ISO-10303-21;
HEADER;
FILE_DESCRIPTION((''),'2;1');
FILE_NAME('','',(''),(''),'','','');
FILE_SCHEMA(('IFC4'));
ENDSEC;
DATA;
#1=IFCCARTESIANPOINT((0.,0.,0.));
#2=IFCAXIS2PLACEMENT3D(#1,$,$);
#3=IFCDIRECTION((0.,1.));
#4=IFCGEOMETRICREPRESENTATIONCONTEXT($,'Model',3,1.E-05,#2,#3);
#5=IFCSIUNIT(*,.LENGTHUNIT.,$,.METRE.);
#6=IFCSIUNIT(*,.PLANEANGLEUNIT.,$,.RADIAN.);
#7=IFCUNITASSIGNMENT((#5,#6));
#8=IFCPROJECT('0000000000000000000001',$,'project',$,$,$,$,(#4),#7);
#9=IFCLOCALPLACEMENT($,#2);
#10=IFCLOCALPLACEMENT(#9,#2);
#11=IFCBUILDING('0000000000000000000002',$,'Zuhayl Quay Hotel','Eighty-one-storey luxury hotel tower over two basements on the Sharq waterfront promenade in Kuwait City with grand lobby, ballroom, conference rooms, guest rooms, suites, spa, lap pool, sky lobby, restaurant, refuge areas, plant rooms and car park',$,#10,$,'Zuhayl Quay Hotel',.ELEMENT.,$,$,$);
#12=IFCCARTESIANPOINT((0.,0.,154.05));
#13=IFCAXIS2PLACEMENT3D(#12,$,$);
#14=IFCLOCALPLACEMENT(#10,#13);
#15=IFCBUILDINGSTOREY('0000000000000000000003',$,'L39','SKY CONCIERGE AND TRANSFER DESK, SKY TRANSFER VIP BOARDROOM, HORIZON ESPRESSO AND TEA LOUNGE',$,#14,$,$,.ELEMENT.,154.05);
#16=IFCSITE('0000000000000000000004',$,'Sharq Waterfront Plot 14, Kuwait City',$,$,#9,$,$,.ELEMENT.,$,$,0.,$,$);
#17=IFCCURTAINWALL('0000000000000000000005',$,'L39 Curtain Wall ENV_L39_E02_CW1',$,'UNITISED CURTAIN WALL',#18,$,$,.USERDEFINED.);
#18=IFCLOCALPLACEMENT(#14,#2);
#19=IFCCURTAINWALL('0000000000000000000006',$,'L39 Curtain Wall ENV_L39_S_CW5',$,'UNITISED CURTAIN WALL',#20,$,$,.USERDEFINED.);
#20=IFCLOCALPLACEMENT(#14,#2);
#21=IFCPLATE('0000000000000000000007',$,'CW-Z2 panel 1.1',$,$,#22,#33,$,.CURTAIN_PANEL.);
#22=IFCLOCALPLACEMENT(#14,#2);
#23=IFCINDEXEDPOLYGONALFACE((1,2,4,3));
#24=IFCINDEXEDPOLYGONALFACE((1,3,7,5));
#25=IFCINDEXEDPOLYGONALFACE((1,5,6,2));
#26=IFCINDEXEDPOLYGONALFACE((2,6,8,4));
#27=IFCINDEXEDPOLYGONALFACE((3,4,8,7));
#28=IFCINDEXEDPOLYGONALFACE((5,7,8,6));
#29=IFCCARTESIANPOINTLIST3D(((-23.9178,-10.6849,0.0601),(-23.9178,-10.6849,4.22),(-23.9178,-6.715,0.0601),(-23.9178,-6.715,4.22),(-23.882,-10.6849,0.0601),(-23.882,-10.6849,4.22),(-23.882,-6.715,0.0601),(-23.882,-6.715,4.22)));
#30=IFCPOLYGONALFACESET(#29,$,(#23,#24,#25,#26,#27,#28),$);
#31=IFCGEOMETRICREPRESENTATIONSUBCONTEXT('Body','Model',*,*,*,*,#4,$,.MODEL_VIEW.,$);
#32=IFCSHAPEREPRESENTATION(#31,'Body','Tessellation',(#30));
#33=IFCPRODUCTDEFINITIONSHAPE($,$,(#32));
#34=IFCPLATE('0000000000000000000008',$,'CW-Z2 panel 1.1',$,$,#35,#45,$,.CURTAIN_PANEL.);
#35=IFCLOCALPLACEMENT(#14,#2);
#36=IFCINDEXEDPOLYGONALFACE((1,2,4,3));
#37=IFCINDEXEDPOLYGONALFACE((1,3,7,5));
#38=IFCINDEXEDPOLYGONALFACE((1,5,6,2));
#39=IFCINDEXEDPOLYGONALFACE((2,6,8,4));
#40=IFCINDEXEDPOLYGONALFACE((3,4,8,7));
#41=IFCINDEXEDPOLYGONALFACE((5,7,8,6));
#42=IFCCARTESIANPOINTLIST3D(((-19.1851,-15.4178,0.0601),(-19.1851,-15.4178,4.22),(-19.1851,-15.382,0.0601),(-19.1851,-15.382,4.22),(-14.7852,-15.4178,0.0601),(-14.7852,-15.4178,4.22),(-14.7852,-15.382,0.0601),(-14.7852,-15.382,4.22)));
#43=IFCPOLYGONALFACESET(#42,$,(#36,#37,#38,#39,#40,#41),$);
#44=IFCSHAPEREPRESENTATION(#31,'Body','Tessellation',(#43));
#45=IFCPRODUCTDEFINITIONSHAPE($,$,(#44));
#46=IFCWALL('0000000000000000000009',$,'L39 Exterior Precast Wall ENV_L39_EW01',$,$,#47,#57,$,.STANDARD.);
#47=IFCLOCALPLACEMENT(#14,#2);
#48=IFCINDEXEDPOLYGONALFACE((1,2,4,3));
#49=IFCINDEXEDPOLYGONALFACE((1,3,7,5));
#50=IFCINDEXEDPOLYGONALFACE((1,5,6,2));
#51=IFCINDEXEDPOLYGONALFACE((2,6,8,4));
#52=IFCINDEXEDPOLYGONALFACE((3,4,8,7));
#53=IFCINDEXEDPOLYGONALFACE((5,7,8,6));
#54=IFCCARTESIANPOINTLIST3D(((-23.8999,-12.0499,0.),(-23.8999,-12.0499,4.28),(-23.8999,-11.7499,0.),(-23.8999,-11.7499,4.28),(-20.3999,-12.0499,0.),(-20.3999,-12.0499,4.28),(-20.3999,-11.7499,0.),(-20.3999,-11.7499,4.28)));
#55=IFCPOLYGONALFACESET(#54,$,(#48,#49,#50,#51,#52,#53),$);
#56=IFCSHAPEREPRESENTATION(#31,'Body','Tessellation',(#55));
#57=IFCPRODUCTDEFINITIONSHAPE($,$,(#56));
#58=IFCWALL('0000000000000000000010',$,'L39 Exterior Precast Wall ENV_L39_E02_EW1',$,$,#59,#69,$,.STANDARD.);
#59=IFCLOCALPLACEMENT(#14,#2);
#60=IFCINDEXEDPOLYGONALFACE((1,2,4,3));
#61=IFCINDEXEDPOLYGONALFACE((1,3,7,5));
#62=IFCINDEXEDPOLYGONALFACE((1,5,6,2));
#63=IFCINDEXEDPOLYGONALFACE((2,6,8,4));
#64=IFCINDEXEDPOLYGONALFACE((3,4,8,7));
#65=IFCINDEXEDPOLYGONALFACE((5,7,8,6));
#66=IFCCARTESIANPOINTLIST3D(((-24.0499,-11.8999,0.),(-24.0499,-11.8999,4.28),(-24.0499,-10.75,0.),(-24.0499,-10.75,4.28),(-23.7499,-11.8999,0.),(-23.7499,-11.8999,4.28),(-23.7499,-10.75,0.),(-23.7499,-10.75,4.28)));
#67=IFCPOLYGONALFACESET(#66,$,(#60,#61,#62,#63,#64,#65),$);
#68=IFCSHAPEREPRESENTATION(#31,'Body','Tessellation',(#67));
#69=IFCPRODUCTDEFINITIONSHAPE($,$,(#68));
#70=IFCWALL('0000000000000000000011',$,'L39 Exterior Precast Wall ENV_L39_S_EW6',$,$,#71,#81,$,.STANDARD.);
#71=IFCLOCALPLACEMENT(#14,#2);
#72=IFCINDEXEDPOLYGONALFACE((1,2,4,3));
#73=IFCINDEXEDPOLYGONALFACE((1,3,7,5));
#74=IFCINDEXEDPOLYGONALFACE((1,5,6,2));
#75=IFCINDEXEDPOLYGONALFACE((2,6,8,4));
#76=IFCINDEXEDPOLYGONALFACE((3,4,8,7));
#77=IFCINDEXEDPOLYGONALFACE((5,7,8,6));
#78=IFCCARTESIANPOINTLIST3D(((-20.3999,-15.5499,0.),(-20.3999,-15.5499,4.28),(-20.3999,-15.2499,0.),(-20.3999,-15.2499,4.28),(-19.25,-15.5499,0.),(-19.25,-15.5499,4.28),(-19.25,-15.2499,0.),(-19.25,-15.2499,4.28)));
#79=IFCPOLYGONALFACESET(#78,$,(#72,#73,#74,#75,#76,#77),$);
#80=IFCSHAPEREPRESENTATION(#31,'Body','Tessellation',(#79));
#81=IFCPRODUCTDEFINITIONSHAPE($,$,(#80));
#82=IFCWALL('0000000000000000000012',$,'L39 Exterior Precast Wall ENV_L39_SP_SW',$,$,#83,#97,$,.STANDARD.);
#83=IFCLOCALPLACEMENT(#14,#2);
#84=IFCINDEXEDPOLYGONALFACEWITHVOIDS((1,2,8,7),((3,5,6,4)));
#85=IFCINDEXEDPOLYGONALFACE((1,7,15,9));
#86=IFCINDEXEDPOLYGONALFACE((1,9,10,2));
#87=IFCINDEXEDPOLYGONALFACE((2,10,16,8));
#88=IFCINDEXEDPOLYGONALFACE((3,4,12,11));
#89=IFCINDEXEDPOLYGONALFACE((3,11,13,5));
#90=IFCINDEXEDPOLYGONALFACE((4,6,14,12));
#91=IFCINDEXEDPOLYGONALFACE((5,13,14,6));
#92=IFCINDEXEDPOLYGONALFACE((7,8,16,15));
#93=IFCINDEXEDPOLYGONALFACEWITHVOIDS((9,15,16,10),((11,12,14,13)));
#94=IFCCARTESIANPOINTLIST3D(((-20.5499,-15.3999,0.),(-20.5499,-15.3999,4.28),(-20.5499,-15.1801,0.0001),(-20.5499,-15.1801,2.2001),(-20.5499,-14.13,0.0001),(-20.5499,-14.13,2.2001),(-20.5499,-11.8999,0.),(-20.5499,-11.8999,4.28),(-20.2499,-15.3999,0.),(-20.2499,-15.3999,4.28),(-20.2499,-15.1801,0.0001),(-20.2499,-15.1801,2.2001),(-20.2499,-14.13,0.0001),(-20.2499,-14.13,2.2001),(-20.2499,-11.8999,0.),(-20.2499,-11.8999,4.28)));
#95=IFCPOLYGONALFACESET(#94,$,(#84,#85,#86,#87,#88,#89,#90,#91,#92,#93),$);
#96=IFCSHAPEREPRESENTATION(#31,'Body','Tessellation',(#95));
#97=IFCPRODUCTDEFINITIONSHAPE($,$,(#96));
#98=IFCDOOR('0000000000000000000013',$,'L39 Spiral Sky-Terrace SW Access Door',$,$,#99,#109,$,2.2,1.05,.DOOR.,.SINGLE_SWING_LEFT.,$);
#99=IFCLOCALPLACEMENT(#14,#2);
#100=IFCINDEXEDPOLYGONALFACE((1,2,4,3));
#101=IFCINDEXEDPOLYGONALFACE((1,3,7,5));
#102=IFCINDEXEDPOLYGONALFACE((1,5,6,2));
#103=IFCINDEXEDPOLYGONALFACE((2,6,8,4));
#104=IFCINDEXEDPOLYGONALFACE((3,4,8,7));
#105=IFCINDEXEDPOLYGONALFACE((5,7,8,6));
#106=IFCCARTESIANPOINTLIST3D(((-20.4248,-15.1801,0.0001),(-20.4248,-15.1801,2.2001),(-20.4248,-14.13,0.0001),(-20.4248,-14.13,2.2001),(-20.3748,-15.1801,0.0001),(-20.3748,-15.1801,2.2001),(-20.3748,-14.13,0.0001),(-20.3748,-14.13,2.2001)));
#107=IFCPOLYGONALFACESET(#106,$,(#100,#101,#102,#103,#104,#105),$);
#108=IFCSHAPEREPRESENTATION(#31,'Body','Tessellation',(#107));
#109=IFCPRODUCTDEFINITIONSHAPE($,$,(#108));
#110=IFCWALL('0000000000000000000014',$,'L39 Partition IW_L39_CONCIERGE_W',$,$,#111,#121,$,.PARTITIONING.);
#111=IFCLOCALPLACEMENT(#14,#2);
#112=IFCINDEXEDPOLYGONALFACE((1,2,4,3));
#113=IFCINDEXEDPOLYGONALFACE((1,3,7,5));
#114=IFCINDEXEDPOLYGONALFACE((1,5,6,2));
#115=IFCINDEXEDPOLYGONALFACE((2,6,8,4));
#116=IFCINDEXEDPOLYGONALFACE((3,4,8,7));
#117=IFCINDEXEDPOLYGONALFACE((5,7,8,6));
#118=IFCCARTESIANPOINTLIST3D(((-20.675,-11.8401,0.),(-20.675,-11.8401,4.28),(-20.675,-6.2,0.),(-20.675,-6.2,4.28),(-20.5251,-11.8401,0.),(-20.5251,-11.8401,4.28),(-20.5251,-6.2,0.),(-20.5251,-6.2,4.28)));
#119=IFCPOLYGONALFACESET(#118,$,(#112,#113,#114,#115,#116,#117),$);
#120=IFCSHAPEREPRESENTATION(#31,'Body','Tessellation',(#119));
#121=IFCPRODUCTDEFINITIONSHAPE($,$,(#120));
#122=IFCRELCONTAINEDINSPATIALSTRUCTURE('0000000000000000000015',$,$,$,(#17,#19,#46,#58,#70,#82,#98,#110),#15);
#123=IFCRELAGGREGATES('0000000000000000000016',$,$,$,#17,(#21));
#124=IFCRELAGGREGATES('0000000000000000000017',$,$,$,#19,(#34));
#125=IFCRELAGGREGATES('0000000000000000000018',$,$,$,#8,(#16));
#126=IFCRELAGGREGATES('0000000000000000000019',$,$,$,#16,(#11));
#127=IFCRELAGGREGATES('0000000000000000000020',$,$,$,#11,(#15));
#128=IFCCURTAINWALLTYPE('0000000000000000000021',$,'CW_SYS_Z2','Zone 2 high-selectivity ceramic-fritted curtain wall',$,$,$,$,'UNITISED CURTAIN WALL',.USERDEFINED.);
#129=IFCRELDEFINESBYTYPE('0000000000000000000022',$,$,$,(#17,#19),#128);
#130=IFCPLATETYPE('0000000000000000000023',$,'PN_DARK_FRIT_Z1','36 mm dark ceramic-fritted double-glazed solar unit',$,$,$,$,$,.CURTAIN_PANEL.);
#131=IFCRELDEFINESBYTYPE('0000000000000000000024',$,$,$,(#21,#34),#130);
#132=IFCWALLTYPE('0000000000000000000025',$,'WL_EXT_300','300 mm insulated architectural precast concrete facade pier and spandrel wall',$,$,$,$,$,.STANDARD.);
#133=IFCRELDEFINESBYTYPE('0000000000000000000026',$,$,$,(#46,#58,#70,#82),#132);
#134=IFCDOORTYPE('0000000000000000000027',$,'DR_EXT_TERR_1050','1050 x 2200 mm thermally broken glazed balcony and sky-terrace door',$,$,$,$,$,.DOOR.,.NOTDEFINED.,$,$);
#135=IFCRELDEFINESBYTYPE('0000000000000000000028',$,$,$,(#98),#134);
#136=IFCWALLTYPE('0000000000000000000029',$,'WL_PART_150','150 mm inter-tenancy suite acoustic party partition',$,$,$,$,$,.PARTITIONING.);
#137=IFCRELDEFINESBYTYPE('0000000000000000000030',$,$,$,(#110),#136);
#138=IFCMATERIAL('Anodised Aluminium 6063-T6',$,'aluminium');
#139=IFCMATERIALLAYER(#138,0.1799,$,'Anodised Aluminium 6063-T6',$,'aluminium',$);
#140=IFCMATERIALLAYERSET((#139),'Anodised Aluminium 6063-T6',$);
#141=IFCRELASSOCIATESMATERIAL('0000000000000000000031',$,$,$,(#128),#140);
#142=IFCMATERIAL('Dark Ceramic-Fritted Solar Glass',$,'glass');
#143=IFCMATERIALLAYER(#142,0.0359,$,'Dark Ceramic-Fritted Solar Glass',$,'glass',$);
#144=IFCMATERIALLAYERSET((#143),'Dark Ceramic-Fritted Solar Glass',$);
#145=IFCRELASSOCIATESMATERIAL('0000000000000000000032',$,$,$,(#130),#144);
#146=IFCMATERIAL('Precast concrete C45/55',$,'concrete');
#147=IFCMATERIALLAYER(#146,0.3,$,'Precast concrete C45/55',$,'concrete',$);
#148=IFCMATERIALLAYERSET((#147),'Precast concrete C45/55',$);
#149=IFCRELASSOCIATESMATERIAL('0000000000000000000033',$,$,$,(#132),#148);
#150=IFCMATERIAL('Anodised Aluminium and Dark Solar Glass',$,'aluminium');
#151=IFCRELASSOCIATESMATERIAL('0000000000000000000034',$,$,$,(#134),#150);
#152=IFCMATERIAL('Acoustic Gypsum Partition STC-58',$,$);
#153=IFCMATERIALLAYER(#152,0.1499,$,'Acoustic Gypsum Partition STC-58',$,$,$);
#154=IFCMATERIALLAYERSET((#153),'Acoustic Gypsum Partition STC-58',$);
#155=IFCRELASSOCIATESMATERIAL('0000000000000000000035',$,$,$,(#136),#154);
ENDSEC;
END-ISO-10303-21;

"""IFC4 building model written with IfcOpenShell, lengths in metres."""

from ifc_helpers import new_model, si_unit, direction, frame, frame_2d, origin, origin_2d, place, context, subcontext, project, spatial, rectangle, extrude, material, layer, layer_set, type_object, element, fill, aggregate, save


model = new_model("IFC4")

# Units and contexts
model_context = context("Model", 3, precision=1e-05, world=origin(), true_north=direction((0.0, 1.0)))
body_context = subcontext(model_context, "Body", "Model", "MODEL_VIEW")
ifc_project = project(units=[si_unit("LENGTHUNIT", "METRE"), si_unit("PLANEANGLEUNIT", "RADIAN")], contexts=[model_context])

# Site, building, storey
site_placement = place(None, origin())
site = spatial("IfcSite", under=ifc_project, at=site_placement, Name="Sharq Waterfront Plot 14, Kuwait City", CompositionType="ELEMENT", RefElevation=0.0)
building_placement = place(site_placement, origin())
building = spatial("IfcBuilding", under=site, at=building_placement, Name="Zuhayl Quay Hotel", Description="Eighty-one-storey luxury hotel tower over two basements on the Sharq waterfront promenade in Kuwait City with grand lobby, ballroom, conference rooms, guest rooms, suites, spa, lap pool, sky lobby, restaurant, refuge areas, plant rooms and car park", LongName="Zuhayl Quay Hotel", CompositionType="ELEMENT")
storey_placement = place(building_placement, frame((0.0, 0.0, 154.05)))
storey = spatial("IfcBuildingStorey", under=building, at=storey_placement, Name="L39", Description="SKY CONCIERGE AND TRANSFER DESK, SKY TRANSFER VIP BOARDROOM, HORIZON ESPRESSO AND TEA LOUNGE", CompositionType="ELEMENT", Elevation=154.05)

# Curtain wall
ifc_material_1 = material(Name="Anodised Aluminium 6063-T6", Category="aluminium")
ifc_layer_1 = layer(ifc_material_1, 0.1799, Name="Anodised Aluminium 6063-T6", Category="aluminium")
ifc_layer_set_1 = layer_set([ifc_layer_1], Name="Anodised Aluminium 6063-T6")
curtain_wall_type = type_object("IfcCurtainWallType", Name="CW_SYS_Z2", Description="Zone 2 high-selectivity ceramic-fritted curtain wall", ElementType="UNITISED CURTAIN WALL", PredefinedType="USERDEFINED", material=ifc_layer_set_1)
curtain_wall_1_placement = place(storey_placement, origin())
curtain_wall_1 = element("IfcCurtainWall", 1, at=curtain_wall_1_placement, inside=storey, type_object=curtain_wall_type, Name="L39 Curtain Wall ENV_L39_E02_CW1", ObjectType="UNITISED CURTAIN WALL", PredefinedType="USERDEFINED")

# Curtain wall
curtain_wall_2_placement = place(storey_placement, origin())
curtain_wall_2 = element("IfcCurtainWall", 2, at=curtain_wall_2_placement, inside=storey, type_object=curtain_wall_type, Name="L39 Curtain Wall ENV_L39_S_CW5", ObjectType="UNITISED CURTAIN WALL", PredefinedType="USERDEFINED")

# Plates
ifc_material_2 = material(Name="Dark Ceramic-Fritted Solar Glass", Category="glass")
ifc_layer_2 = layer(ifc_material_2, 0.0359, Name="Dark Ceramic-Fritted Solar Glass", Category="glass")
ifc_layer_set_2 = layer_set([ifc_layer_2], Name="Dark Ceramic-Fritted Solar Glass")
plate_type = type_object("IfcPlateType", Name="PN_DARK_FRIT_Z1", Description="36 mm dark ceramic-fritted double-glazed solar unit", PredefinedType="CURTAIN_PANEL", material=ifc_layer_set_2)
plate_1_placement = place(storey_placement, frame((-23.8999, -8.7, 0.0601), z_axis=(0.0, 0.0, 1.0), x_axis=(0.0, 1.0, 0.0)))
plate_1 = element("IfcPlate", 3, at=plate_1_placement, type_object=plate_type, Name="CW-Z2 panel 1.1", PredefinedType="CURTAIN_PANEL", context=body_context, shape_type="SweptSolid", body=[
    extrude(rectangle(XDim=3.97, YDim=0.0359, at=origin_2d()), origin(), (0.0, 0.0, 1.0), 4.1599),
])
aggregate(curtain_wall_1, [plate_1])
plate_2_placement = place(storey_placement, frame((-16.9851, -15.3999, 0.0601), z_axis=(0.0, 0.0, 1.0), x_axis=(-1.0, 0.0, 0.0)))
plate_2 = element("IfcPlate", 4, at=plate_2_placement, type_object=plate_type, Name="CW-Z2 panel 1.1", PredefinedType="CURTAIN_PANEL", context=body_context, shape_type="SweptSolid", body=[
    extrude(rectangle(XDim=4.3999, YDim=0.0359, at=origin_2d()), origin(), (0.0, 0.0, 1.0), 4.1599),
])
aggregate(curtain_wall_2, [plate_2])

# Walls
ifc_material_3 = material(Name="Precast concrete C45/55", Category="concrete")
ifc_layer_3 = layer(ifc_material_3, 0.3, Name="Precast concrete C45/55", Category="concrete")
ifc_layer_set_3 = layer_set([ifc_layer_3], Name="Precast concrete C45/55")
wall_type_1 = type_object("IfcWallType", Name="WL_EXT_300", Description="300 mm insulated architectural precast concrete facade pier and spandrel wall", PredefinedType="STANDARD", material=ifc_layer_set_3)
wall_1_placement = place(storey_placement, frame((-20.3999, -11.8999, 0.0), z_axis=(0.0, 0.0, 1.0), x_axis=(-1.0, 0.0, 0.0)))
element("IfcWall", 5, at=wall_1_placement, inside=storey, type_object=wall_type_1, Name="L39 Exterior Precast Wall ENV_L39_EW01", PredefinedType="STANDARD", context=body_context, shape_type="SweptSolid", body=[
    extrude(rectangle(XDim=3.5, YDim=0.3, at=frame_2d((1.75, 0.0))), origin(), (0.0, 0.0, 1.0), 4.28),
])
for number, where, z_axis, x_axis, name in (
    (6, (-23.8999, -11.8999, 0.0), (0.0, 0.0, 1.0), (0.0, 1.0, 0.0), "L39 Exterior Precast Wall ENV_L39_E02_EW1"),
    (7, (-19.25, -15.3999, 0.0), (0.0, 0.0, 1.0), (-1.0, 0.0, 0.0), "L39 Exterior Precast Wall ENV_L39_S_EW6"),
):
    element("IfcWall", number, at=place(storey_placement, frame(where, z_axis=z_axis, x_axis=x_axis)), inside=storey, type_object=wall_type_1, Name=name, PredefinedType="STANDARD", context=body_context, shape_type="SweptSolid", body=[
        extrude(rectangle(XDim=1.1499, YDim=0.3, at=frame_2d((0.575, 0.0))), origin(), (0.0, 0.0, 1.0), 4.28),
    ])

# Wall, opening, door
wall_2_placement = place(storey_placement, frame((-20.3999, -15.3999, 0.0), z_axis=(0.0, 0.0, 1.0), x_axis=(0.0, 1.0, 0.0)))
wall_2 = element("IfcWall", 8, at=wall_2_placement, inside=storey, type_object=wall_type_1, Name="L39 Exterior Precast Wall ENV_L39_SP_SW", PredefinedType="STANDARD", context=body_context, shape_type="SweptSolid", body=[
    extrude(rectangle(XDim=3.5, YDim=0.3, at=frame_2d((1.75, 0.0))), origin(), (0.0, 0.0, 1.0), 4.28),
])
opening_placement = place(wall_2_placement, frame((0.22, 0.0, 0.0)))
opening = element("IfcOpeningElement", 9, at=opening_placement, cuts=wall_2, PredefinedType="OPENING", context=body_context, shape_type="SweptSolid", body=[
    extrude(rectangle(XDim=1.05, YDim=2.2, at=frame_2d((0.5249, 1.1001))), frame((0.0, 0.1599, 0.0), z_axis=(0.0, -1.0, 0.0), x_axis=(1.0, 0.0, 0.0)), (0.0, 0.0, 1.0), 0.3201),
])
ifc_material_4 = material(Name="Anodised Aluminium and Dark Solar Glass", Category="aluminium")
door_type = type_object("IfcDoorType", Name="DR_EXT_TERR_1050", Description="1050 x 2200 mm thermally broken glazed balcony and sky-terrace door", OperationType="NOTDEFINED", PredefinedType="DOOR", material=ifc_material_4)
door_placement = place(opening_placement, origin())
door = element("IfcDoor", 10, at=door_placement, inside=storey, type_object=door_type, Name="L39 Spiral Sky-Terrace SW Access Door", OperationType="SINGLE_SWING_LEFT", OverallHeight=2.2, OverallWidth=1.05, PredefinedType="DOOR", context=body_context, shape_type="SweptSolid", body=[
    extrude(rectangle(XDim=1.05, YDim=2.2, at=frame_2d((0.5249, 1.1001))), frame((0.0, 0.0249, 0.0), z_axis=(0.0, -1.0, 0.0), x_axis=(1.0, 0.0, 0.0)), (0.0, 0.0, 1.0), 0.05),
])
fill(opening, door)

# Wall
ifc_material_5 = material(Name="Acoustic Gypsum Partition STC-58")
ifc_layer_4 = layer(ifc_material_5, 0.1499, Name="Acoustic Gypsum Partition STC-58")
ifc_layer_set_4 = layer_set([ifc_layer_4], Name="Acoustic Gypsum Partition STC-58")
wall_type_2 = type_object("IfcWallType", Name="WL_PART_150", Description="150 mm inter-tenancy suite acoustic party partition", PredefinedType="PARTITIONING", material=ifc_layer_set_4)
wall_3_placement = place(storey_placement, frame((-20.6001, -11.8401, 0.0), z_axis=(0.0, 0.0, 1.0), x_axis=(0.0, 1.0, 0.0)))
element("IfcWall", 11, at=wall_3_placement, inside=storey, type_object=wall_type_2, Name="L39 Partition IW_L39_CONCIERGE_W", PredefinedType="PARTITIONING", context=body_context, shape_type="SweptSolid", body=[
    extrude(rectangle(XDim=5.6401, YDim=0.1499, at=frame_2d((2.8201, 0.0))), origin(), (0.0, 0.0, 1.0), 4.28),
])

save(model, "model.ifc")
